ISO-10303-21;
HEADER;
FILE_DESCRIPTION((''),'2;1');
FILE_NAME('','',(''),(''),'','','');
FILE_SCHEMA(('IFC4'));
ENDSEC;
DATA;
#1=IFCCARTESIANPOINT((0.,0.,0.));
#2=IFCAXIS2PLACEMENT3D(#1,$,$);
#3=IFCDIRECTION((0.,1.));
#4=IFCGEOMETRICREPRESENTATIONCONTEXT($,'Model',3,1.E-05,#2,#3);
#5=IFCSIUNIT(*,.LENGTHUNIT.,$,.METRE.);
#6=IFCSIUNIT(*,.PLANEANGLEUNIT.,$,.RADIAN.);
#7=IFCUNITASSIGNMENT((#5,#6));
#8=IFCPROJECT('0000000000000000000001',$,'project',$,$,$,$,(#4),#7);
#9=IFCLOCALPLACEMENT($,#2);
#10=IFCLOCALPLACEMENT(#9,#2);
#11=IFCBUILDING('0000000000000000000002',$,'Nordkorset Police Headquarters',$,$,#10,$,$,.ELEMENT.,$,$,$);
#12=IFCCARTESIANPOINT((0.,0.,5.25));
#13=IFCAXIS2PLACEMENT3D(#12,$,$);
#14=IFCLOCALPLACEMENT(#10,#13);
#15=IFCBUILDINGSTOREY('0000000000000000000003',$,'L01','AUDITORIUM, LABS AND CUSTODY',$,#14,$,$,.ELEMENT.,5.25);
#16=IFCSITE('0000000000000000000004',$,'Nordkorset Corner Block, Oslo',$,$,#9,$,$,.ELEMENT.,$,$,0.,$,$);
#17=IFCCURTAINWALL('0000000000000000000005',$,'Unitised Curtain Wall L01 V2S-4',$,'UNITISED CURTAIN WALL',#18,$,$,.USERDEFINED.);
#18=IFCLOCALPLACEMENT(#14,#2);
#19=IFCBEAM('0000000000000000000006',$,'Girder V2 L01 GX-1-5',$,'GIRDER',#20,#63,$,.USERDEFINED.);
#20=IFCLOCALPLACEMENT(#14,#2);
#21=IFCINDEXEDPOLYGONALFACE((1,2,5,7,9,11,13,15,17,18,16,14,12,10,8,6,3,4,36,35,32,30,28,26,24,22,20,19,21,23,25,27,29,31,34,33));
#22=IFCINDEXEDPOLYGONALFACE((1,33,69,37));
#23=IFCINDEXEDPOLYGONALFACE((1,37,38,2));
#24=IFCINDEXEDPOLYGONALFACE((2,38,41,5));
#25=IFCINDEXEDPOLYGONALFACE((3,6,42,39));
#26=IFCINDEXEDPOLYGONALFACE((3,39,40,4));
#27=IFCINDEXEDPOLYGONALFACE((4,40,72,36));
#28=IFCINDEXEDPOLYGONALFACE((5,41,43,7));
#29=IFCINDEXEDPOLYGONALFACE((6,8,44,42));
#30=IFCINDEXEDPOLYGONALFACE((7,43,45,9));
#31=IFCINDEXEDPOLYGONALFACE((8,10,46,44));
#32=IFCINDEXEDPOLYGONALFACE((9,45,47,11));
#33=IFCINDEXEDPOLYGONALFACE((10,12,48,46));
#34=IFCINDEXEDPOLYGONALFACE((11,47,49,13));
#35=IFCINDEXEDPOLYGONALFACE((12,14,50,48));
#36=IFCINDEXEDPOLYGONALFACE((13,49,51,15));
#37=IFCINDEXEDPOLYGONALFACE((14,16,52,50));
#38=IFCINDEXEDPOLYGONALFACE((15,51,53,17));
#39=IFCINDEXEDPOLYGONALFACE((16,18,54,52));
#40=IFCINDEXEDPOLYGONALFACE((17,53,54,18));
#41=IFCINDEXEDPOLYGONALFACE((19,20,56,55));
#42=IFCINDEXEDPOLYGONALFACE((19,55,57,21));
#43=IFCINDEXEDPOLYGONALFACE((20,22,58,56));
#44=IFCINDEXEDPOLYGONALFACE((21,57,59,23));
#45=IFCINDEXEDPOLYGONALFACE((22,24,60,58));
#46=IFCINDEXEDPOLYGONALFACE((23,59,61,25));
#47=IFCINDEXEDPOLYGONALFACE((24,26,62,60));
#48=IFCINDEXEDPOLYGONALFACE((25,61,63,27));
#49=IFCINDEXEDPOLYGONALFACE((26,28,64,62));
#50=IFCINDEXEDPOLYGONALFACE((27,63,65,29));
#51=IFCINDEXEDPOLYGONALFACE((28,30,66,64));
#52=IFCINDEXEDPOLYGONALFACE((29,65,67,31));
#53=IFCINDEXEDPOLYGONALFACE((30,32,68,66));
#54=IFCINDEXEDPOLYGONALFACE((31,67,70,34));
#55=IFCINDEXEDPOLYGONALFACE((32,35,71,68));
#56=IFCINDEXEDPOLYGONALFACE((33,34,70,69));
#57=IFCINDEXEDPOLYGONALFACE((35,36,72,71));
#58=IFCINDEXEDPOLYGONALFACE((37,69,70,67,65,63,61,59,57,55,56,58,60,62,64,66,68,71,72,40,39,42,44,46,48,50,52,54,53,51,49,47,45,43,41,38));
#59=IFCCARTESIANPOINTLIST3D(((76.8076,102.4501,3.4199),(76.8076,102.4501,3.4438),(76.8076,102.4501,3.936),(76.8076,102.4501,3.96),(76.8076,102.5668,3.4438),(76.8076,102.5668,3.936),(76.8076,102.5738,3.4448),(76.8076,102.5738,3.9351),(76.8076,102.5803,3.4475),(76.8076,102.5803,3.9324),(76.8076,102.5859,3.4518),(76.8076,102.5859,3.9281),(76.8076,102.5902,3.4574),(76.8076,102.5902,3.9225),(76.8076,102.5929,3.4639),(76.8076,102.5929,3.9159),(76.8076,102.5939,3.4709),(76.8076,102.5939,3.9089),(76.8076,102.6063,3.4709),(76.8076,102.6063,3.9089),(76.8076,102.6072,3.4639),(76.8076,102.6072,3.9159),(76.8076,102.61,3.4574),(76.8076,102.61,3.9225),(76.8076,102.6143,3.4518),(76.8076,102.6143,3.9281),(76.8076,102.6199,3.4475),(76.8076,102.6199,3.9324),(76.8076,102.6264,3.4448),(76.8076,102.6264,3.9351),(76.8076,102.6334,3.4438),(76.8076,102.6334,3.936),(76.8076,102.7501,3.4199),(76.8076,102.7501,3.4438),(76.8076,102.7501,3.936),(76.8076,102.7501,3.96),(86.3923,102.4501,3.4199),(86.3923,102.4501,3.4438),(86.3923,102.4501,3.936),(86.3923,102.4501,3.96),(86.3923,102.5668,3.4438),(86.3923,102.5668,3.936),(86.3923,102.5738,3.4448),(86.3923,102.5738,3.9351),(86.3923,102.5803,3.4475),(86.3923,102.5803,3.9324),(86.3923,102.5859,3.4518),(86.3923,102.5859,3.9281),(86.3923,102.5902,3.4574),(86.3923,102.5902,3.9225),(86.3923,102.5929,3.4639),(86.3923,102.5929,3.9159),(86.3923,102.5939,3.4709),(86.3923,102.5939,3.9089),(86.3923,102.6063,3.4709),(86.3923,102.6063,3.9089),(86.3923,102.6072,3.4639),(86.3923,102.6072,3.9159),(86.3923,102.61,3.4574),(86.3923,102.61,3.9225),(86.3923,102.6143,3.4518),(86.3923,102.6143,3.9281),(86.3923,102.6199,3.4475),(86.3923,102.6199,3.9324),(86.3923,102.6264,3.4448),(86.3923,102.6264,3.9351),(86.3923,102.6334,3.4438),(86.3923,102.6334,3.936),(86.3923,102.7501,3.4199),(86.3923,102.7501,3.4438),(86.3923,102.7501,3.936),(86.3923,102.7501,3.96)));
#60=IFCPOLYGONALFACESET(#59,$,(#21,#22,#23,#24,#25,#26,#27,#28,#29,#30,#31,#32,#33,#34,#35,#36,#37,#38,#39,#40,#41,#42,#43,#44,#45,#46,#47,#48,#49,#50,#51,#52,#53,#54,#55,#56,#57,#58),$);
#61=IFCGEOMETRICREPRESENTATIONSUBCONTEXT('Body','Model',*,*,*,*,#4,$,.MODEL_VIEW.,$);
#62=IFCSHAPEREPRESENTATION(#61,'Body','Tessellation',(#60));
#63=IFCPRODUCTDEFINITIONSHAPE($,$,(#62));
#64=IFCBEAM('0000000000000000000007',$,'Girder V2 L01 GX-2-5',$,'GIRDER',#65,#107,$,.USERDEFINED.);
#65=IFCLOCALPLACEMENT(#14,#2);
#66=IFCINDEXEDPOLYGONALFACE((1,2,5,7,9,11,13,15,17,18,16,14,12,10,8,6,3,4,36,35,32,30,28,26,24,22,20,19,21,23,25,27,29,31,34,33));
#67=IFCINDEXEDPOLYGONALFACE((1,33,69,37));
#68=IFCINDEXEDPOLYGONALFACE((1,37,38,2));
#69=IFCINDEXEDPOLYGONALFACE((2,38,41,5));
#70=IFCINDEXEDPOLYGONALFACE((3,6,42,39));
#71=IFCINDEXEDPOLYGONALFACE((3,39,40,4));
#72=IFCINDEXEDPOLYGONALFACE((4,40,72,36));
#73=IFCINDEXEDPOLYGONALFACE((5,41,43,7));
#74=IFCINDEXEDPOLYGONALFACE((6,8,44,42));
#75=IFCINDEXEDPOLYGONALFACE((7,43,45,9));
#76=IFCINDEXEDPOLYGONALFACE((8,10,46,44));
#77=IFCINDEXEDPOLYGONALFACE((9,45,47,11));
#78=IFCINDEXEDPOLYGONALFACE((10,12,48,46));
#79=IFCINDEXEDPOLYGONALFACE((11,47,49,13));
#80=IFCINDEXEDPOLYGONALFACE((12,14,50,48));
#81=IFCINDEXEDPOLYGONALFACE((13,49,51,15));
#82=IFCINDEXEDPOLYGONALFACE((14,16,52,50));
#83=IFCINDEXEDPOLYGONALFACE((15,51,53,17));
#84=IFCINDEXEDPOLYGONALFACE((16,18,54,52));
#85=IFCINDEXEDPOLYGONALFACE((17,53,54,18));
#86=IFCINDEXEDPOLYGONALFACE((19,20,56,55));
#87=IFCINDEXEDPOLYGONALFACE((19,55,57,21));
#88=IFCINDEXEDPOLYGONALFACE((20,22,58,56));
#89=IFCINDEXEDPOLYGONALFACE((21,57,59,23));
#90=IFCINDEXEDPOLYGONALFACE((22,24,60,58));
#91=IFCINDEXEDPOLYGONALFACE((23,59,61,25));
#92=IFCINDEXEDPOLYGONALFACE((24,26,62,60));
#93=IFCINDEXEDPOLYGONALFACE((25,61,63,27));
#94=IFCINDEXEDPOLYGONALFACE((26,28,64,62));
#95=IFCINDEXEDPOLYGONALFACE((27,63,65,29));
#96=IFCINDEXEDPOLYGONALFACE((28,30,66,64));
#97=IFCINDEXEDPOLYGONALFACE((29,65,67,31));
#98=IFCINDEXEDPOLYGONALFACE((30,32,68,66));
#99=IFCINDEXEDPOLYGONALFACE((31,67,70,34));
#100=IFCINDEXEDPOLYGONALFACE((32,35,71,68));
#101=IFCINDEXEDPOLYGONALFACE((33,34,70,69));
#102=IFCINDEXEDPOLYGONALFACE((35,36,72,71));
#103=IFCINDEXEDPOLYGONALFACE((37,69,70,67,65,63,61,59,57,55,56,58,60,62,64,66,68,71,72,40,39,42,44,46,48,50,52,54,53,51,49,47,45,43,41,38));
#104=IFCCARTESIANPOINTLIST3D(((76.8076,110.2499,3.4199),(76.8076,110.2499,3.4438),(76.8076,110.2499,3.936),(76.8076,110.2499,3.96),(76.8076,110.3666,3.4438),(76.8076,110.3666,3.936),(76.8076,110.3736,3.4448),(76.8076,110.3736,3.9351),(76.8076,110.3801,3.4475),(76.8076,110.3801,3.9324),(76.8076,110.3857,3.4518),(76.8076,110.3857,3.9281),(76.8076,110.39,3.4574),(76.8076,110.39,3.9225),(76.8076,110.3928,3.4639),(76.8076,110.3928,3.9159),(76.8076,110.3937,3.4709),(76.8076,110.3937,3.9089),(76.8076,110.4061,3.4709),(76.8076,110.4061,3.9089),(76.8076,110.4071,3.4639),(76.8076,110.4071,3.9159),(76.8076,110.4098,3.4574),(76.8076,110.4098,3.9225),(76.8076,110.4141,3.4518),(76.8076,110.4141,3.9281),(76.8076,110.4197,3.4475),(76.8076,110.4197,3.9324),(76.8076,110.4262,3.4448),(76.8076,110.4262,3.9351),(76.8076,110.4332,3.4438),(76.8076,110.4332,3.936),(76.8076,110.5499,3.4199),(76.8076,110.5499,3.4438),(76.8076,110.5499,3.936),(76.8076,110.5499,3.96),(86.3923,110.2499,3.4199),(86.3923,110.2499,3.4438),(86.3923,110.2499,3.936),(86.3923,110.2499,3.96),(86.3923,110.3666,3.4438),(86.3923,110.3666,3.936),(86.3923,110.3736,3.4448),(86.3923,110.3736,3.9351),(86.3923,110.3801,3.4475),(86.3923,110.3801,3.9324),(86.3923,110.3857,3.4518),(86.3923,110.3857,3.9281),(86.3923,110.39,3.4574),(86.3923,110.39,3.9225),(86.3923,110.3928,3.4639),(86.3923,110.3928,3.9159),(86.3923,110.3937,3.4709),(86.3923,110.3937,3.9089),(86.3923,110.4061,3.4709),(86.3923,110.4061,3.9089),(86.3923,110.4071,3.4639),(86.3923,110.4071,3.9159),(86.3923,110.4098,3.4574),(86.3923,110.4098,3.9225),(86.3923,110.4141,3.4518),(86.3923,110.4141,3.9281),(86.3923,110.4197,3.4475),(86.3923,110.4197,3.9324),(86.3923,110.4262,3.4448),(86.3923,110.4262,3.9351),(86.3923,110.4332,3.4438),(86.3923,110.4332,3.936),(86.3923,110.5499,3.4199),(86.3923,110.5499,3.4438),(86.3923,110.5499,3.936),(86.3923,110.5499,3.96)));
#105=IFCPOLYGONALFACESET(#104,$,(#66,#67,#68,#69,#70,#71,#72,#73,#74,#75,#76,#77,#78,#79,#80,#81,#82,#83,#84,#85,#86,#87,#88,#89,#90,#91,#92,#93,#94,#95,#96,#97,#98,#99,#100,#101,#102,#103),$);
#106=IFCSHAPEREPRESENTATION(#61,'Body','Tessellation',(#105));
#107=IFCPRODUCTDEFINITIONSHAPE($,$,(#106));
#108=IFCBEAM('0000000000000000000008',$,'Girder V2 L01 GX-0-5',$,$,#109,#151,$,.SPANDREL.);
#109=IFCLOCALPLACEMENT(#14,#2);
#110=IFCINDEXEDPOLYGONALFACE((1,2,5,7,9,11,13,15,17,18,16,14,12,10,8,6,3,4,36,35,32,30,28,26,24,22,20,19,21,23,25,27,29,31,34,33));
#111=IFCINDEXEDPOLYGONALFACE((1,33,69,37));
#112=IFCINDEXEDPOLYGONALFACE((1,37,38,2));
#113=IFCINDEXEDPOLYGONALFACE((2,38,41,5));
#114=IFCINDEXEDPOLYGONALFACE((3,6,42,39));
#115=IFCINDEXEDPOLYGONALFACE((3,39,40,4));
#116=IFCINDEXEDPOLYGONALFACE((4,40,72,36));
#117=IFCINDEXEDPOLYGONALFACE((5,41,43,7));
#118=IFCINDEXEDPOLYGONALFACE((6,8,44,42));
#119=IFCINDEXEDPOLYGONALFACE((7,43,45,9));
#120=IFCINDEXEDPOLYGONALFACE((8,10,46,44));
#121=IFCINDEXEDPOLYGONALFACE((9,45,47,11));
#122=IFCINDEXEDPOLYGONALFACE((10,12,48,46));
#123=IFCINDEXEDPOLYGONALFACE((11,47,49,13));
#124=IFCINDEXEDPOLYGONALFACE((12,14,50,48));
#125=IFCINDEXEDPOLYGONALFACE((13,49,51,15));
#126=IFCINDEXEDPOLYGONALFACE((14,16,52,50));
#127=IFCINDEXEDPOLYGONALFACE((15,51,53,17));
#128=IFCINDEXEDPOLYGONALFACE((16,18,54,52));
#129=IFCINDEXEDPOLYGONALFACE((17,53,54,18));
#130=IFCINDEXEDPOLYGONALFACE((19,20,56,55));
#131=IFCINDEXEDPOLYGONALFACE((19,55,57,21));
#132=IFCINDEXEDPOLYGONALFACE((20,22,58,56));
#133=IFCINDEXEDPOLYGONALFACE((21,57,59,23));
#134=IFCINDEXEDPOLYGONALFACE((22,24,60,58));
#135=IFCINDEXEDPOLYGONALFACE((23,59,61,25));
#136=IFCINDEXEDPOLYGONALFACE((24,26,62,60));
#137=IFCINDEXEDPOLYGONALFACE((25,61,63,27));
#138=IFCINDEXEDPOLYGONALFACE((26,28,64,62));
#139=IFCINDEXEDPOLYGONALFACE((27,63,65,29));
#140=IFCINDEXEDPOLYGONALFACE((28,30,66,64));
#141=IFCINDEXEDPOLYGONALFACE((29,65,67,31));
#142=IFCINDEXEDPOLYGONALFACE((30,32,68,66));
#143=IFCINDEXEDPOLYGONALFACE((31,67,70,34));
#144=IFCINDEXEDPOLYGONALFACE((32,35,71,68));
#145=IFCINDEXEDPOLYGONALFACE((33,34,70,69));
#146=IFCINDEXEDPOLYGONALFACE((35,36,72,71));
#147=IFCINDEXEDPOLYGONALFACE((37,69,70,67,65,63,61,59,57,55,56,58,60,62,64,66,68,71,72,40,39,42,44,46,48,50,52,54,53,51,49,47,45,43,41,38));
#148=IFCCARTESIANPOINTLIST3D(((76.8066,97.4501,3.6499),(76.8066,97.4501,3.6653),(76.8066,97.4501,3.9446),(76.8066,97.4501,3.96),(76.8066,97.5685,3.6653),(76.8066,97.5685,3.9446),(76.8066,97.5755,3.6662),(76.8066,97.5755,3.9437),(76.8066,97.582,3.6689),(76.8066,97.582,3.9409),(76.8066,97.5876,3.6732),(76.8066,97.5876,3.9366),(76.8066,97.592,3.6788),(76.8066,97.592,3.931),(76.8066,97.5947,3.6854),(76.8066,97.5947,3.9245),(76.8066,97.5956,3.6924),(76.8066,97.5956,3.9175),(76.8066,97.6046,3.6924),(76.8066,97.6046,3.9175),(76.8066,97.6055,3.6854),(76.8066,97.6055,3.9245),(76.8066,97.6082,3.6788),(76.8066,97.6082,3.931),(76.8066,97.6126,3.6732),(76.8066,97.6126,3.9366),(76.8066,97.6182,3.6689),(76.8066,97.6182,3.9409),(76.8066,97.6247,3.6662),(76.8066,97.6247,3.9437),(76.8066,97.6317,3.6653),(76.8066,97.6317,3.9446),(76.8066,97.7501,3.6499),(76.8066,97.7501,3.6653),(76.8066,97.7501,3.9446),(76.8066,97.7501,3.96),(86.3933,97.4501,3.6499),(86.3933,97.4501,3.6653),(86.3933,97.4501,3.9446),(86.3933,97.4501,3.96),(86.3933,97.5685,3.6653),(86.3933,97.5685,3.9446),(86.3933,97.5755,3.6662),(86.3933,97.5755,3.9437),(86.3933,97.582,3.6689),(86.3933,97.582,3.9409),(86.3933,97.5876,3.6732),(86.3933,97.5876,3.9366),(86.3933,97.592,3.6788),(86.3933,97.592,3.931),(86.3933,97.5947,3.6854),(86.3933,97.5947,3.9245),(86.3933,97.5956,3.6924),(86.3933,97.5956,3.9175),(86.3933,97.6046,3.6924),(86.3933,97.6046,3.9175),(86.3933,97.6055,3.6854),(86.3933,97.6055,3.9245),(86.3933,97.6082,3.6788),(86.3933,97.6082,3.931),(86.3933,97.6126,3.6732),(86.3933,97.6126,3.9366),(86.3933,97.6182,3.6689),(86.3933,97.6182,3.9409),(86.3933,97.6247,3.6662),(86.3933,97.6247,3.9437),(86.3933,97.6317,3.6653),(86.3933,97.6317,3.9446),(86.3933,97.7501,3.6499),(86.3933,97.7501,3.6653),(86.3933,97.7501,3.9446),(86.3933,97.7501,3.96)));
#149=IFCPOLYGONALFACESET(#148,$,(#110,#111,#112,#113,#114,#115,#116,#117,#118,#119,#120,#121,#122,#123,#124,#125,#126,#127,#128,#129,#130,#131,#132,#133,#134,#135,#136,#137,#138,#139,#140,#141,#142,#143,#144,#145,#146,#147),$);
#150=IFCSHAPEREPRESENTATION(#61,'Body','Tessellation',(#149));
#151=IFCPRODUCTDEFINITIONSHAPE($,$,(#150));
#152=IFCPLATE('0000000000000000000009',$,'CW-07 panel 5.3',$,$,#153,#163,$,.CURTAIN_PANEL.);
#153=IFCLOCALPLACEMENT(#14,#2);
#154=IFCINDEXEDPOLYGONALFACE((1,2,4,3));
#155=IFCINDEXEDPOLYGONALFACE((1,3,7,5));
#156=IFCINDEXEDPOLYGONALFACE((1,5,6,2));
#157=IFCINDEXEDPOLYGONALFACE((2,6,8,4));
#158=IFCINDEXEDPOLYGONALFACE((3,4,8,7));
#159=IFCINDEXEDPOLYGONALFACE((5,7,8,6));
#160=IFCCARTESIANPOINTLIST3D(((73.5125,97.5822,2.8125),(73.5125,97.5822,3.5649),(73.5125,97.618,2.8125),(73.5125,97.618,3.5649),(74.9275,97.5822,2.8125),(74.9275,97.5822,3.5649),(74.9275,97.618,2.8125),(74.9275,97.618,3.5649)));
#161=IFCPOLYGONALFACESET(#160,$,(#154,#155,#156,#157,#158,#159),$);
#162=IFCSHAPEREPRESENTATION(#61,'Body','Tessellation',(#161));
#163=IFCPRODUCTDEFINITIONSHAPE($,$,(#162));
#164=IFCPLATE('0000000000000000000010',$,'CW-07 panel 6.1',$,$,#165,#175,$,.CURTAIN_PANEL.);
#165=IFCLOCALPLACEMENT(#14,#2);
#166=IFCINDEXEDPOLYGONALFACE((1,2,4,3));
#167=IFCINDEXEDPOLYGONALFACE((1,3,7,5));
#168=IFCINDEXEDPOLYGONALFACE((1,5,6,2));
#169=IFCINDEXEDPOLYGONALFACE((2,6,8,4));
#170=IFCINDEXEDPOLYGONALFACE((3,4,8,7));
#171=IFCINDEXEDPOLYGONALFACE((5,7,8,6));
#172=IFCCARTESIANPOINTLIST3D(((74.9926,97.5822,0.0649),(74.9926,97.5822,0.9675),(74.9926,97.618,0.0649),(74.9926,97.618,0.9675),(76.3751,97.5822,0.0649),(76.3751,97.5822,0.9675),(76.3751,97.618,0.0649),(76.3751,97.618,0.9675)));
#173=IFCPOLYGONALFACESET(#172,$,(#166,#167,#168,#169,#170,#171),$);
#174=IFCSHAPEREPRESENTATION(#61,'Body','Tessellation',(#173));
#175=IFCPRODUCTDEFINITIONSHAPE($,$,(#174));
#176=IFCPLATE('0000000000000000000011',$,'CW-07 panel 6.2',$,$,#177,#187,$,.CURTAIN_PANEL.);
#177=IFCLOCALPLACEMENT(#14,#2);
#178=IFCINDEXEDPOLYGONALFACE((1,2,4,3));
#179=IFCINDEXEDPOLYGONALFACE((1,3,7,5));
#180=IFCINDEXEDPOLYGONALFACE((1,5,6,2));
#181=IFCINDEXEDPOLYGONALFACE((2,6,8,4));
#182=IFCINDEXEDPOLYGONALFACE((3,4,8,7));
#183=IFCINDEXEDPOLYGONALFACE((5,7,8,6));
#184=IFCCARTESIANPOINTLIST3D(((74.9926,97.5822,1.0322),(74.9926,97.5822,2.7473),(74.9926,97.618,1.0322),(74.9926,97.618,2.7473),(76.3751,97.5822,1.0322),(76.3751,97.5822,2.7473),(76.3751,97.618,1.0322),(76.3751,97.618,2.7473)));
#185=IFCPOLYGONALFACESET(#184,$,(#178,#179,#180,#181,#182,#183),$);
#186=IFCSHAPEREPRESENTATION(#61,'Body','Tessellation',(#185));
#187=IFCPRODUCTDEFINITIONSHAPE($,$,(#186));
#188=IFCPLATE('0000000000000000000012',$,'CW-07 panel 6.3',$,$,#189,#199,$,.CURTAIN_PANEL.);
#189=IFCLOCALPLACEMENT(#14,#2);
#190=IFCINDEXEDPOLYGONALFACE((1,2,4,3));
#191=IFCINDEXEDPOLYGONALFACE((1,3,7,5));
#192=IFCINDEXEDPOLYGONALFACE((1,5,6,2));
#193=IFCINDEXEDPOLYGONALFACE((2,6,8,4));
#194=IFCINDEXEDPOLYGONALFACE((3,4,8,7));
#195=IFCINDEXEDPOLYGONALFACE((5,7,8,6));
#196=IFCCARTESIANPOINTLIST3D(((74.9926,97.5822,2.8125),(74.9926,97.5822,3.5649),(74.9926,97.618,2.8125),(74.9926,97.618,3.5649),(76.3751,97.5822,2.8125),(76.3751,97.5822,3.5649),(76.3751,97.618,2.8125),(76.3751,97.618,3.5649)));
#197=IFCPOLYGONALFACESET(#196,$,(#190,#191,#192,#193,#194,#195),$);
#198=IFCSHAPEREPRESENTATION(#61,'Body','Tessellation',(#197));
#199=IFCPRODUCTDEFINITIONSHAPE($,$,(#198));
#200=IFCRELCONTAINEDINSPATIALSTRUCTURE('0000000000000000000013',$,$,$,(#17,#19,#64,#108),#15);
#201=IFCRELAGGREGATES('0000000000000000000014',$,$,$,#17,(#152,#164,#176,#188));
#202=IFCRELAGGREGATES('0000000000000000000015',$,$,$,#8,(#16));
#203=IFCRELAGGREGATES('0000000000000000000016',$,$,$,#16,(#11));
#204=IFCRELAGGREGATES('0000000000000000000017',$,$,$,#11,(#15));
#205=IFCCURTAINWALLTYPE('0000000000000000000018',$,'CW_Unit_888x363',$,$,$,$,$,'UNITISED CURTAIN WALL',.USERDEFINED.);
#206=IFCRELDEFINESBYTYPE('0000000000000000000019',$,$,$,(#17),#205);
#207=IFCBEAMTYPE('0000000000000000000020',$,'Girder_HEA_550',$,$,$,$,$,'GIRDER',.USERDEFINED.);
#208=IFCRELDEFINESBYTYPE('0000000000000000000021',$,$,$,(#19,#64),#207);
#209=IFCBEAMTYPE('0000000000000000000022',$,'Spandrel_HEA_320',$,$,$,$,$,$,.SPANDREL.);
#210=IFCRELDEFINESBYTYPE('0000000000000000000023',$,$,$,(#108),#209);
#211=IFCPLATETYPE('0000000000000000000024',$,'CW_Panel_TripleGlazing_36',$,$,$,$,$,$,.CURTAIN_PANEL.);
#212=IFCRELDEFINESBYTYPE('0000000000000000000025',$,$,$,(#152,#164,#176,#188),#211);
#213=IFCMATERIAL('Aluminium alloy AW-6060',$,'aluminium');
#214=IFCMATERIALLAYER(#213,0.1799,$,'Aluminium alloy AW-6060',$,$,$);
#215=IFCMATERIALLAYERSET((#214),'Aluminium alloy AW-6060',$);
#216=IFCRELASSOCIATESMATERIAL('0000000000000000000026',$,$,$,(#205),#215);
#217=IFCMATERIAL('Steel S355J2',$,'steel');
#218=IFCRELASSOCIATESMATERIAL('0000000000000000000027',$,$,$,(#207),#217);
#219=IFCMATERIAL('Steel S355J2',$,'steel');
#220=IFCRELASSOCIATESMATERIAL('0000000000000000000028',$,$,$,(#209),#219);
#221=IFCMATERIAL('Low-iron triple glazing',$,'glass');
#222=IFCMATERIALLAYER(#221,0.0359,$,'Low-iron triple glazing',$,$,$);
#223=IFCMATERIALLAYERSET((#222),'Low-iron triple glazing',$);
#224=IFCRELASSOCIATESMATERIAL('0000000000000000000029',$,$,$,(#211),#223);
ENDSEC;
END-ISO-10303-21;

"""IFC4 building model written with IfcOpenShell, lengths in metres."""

from ifc_helpers import new_model, si_unit, direction, frame, origin, origin_2d, place, context, subcontext, project, spatial, rectangle, i_section, extrude, material, layer, layer_set, material_profile, profile_set, type_object, element, aggregate, save


model = new_model("IFC4")

# Units and contexts
model_context = context("Model", 3, precision=1e-05, world=origin(), true_north=direction((0.0, 1.0)))
body_context = subcontext(model_context, "Body", "Model", "MODEL_VIEW")
ifc_project = project(units=[si_unit("LENGTHUNIT", "METRE"), si_unit("PLANEANGLEUNIT", "RADIAN")], contexts=[model_context])

# Site, building, storey
site_placement = place(None, origin())
site = spatial("IfcSite", under=ifc_project, at=site_placement, Name="Nordkorset Corner Block, Oslo", CompositionType="ELEMENT", RefElevation=0.0)
building_placement = place(site_placement, origin())
building = spatial("IfcBuilding", under=site, at=building_placement, Name="Nordkorset Police Headquarters", CompositionType="ELEMENT")
storey_placement = place(building_placement, frame((0.0, 0.0, 5.25)))
storey = spatial("IfcBuildingStorey", under=building, at=storey_placement, Name="L01", Description="AUDITORIUM, LABS AND CUSTODY", CompositionType="ELEMENT", Elevation=5.25)

# Curtain wall
ifc_material_1 = material(Name="Aluminium alloy AW-6060", Category="aluminium")
ifc_layer_1 = layer(ifc_material_1, 0.1799, Name="Aluminium alloy AW-6060")
ifc_layer_set_1 = layer_set([ifc_layer_1], Name="Aluminium alloy AW-6060")
curtain_wall_type = type_object("IfcCurtainWallType", Name="CW_Unit_888x363", ElementType="UNITISED CURTAIN WALL", PredefinedType="USERDEFINED", material=ifc_layer_set_1)
curtain_wall_placement = place(storey_placement, origin())
curtain_wall = element("IfcCurtainWall", 1, at=curtain_wall_placement, inside=storey, type_object=curtain_wall_type, Name="Unitised Curtain Wall L01 V2S-4", ObjectType="UNITISED CURTAIN WALL", PredefinedType="USERDEFINED")

# Beams
ifc_material_2 = material(Name="Steel S355J2", Category="steel")
ifc_material_profile_1 = material_profile(ifc_material_2, i_section(OverallWidth=0.3, OverallDepth=0.54, WebThickness=0.0125, FlangeThickness=0.0239, FilletRadius=0.0271, at=origin_2d()), Name="HEA 550")
ifc_profile_set_1 = profile_set([ifc_material_profile_1], Name="Steel S355J2")
beam_type_1 = type_object("IfcBeamType", Name="Girder_HEA_550", ElementType="GIRDER", PredefinedType="USERDEFINED", material=ifc_profile_set_1)
for number, where, z_axis, x_axis, name in (
    (2, (76.8076, 102.6001, 3.6899), (1.0, 0.0, 0.0), (0.0, 1.0, 0.0), "Girder V2 L01 GX-1-5"),
    (3, (76.8076, 110.3999, 3.6899), (1.0, 0.0, 0.0), (0.0, 1.0, 0.0), "Girder V2 L01 GX-2-5"),
):
    element("IfcBeam", number, at=place(storey_placement, frame(where, z_axis=z_axis, x_axis=x_axis)), inside=storey, type_object=beam_type_1, Name=name, ObjectType="GIRDER", PredefinedType="USERDEFINED", context=body_context, shape_type="SweptSolid", body=[
        extrude(i_section(OverallWidth=0.3, OverallDepth=0.54, WebThickness=0.0125, FlangeThickness=0.0239, FilletRadius=0.0271, at=origin_2d()), origin(), (0.0, 0.0, 1.0), 9.5847),
    ])
ifc_material_3 = material(Name="Steel S355J2", Category="steel")
ifc_material_profile_2 = material_profile(ifc_material_3, i_section(OverallWidth=0.3, OverallDepth=0.3101, WebThickness=0.009, FlangeThickness=0.0154, FilletRadius=0.0271, at=origin_2d()), Name="HEA 320")
ifc_profile_set_2 = profile_set([ifc_material_profile_2], Name="Steel S355J2")
beam_type_2 = type_object("IfcBeamType", Name="Spandrel_HEA_320", PredefinedType="SPANDREL", material=ifc_profile_set_2)
beam_1_placement = place(storey_placement, frame((76.8066, 97.6001, 3.8049), z_axis=(1.0, 0.0, 0.0), x_axis=(0.0, 1.0, 0.0)))
element("IfcBeam", 4, at=beam_1_placement, inside=storey, type_object=beam_type_2, Name="Girder V2 L01 GX-0-5", PredefinedType="SPANDREL", context=body_context, shape_type="SweptSolid", body=[
    extrude(i_section(OverallWidth=0.3, OverallDepth=0.3101, WebThickness=0.009, FlangeThickness=0.0154, FilletRadius=0.0271, at=origin_2d()), origin(), (0.0, 0.0, 1.0), 9.5867),
])

# Plates
ifc_material_4 = material(Name="Low-iron triple glazing", Category="glass")
ifc_layer_2 = layer(ifc_material_4, 0.0359, Name="Low-iron triple glazing")
ifc_layer_set_2 = layer_set([ifc_layer_2], Name="Low-iron triple glazing")
plate_type = type_object("IfcPlateType", Name="CW_Panel_TripleGlazing_36", PredefinedType="CURTAIN_PANEL", material=ifc_layer_set_2)
plate_1_placement = place(storey_placement, frame((74.22, 97.6001, 2.8125), z_axis=(0.0, 0.0, 1.0), x_axis=(1.0, 0.0, 0.0)))
plate_1 = element("IfcPlate", 5, at=plate_1_placement, type_object=plate_type, Name="CW-07 panel 5.3", PredefinedType="CURTAIN_PANEL", context=body_context, shape_type="SweptSolid", body=[
    extrude(rectangle(XDim=1.415, YDim=0.0359, at=origin_2d()), origin(), (0.0, 0.0, 1.0), 0.7524),
])
plate_2_placement = place(storey_placement, frame((75.6838, 97.6001, 0.0649), z_axis=(0.0, 0.0, 1.0), x_axis=(1.0, 0.0, 0.0)))
plate_2 = element("IfcPlate", 6, at=plate_2_placement, type_object=plate_type, Name="CW-07 panel 6.1", PredefinedType="CURTAIN_PANEL", context=body_context, shape_type="SweptSolid", body=[
    extrude(rectangle(XDim=1.3826, YDim=0.0359, at=origin_2d()), origin(), (0.0, 0.0, 1.0), 0.9026),
])
plate_3_placement = place(storey_placement, frame((75.6838, 97.6001, 1.0322), z_axis=(0.0, 0.0, 1.0), x_axis=(1.0, 0.0, 0.0)))
plate_3 = element("IfcPlate", 7, at=plate_3_placement, type_object=plate_type, Name="CW-07 panel 6.2", PredefinedType="CURTAIN_PANEL", context=body_context, shape_type="SweptSolid", body=[
    extrude(rectangle(XDim=1.3826, YDim=0.0359, at=origin_2d()), origin(), (0.0, 0.0, 1.0), 1.7151),
])
plate_4_placement = place(storey_placement, frame((75.6838, 97.6001, 2.8125), z_axis=(0.0, 0.0, 1.0), x_axis=(1.0, 0.0, 0.0)))
plate_4 = element("IfcPlate", 8, at=plate_4_placement, type_object=plate_type, Name="CW-07 panel 6.3", PredefinedType="CURTAIN_PANEL", context=body_context, shape_type="SweptSolid", body=[
    extrude(rectangle(XDim=1.3826, YDim=0.0359, at=origin_2d()), origin(), (0.0, 0.0, 1.0), 0.7524),
])
aggregate(curtain_wall, [plate_1, plate_2, plate_3, plate_4])

save(model, "model.ifc")
